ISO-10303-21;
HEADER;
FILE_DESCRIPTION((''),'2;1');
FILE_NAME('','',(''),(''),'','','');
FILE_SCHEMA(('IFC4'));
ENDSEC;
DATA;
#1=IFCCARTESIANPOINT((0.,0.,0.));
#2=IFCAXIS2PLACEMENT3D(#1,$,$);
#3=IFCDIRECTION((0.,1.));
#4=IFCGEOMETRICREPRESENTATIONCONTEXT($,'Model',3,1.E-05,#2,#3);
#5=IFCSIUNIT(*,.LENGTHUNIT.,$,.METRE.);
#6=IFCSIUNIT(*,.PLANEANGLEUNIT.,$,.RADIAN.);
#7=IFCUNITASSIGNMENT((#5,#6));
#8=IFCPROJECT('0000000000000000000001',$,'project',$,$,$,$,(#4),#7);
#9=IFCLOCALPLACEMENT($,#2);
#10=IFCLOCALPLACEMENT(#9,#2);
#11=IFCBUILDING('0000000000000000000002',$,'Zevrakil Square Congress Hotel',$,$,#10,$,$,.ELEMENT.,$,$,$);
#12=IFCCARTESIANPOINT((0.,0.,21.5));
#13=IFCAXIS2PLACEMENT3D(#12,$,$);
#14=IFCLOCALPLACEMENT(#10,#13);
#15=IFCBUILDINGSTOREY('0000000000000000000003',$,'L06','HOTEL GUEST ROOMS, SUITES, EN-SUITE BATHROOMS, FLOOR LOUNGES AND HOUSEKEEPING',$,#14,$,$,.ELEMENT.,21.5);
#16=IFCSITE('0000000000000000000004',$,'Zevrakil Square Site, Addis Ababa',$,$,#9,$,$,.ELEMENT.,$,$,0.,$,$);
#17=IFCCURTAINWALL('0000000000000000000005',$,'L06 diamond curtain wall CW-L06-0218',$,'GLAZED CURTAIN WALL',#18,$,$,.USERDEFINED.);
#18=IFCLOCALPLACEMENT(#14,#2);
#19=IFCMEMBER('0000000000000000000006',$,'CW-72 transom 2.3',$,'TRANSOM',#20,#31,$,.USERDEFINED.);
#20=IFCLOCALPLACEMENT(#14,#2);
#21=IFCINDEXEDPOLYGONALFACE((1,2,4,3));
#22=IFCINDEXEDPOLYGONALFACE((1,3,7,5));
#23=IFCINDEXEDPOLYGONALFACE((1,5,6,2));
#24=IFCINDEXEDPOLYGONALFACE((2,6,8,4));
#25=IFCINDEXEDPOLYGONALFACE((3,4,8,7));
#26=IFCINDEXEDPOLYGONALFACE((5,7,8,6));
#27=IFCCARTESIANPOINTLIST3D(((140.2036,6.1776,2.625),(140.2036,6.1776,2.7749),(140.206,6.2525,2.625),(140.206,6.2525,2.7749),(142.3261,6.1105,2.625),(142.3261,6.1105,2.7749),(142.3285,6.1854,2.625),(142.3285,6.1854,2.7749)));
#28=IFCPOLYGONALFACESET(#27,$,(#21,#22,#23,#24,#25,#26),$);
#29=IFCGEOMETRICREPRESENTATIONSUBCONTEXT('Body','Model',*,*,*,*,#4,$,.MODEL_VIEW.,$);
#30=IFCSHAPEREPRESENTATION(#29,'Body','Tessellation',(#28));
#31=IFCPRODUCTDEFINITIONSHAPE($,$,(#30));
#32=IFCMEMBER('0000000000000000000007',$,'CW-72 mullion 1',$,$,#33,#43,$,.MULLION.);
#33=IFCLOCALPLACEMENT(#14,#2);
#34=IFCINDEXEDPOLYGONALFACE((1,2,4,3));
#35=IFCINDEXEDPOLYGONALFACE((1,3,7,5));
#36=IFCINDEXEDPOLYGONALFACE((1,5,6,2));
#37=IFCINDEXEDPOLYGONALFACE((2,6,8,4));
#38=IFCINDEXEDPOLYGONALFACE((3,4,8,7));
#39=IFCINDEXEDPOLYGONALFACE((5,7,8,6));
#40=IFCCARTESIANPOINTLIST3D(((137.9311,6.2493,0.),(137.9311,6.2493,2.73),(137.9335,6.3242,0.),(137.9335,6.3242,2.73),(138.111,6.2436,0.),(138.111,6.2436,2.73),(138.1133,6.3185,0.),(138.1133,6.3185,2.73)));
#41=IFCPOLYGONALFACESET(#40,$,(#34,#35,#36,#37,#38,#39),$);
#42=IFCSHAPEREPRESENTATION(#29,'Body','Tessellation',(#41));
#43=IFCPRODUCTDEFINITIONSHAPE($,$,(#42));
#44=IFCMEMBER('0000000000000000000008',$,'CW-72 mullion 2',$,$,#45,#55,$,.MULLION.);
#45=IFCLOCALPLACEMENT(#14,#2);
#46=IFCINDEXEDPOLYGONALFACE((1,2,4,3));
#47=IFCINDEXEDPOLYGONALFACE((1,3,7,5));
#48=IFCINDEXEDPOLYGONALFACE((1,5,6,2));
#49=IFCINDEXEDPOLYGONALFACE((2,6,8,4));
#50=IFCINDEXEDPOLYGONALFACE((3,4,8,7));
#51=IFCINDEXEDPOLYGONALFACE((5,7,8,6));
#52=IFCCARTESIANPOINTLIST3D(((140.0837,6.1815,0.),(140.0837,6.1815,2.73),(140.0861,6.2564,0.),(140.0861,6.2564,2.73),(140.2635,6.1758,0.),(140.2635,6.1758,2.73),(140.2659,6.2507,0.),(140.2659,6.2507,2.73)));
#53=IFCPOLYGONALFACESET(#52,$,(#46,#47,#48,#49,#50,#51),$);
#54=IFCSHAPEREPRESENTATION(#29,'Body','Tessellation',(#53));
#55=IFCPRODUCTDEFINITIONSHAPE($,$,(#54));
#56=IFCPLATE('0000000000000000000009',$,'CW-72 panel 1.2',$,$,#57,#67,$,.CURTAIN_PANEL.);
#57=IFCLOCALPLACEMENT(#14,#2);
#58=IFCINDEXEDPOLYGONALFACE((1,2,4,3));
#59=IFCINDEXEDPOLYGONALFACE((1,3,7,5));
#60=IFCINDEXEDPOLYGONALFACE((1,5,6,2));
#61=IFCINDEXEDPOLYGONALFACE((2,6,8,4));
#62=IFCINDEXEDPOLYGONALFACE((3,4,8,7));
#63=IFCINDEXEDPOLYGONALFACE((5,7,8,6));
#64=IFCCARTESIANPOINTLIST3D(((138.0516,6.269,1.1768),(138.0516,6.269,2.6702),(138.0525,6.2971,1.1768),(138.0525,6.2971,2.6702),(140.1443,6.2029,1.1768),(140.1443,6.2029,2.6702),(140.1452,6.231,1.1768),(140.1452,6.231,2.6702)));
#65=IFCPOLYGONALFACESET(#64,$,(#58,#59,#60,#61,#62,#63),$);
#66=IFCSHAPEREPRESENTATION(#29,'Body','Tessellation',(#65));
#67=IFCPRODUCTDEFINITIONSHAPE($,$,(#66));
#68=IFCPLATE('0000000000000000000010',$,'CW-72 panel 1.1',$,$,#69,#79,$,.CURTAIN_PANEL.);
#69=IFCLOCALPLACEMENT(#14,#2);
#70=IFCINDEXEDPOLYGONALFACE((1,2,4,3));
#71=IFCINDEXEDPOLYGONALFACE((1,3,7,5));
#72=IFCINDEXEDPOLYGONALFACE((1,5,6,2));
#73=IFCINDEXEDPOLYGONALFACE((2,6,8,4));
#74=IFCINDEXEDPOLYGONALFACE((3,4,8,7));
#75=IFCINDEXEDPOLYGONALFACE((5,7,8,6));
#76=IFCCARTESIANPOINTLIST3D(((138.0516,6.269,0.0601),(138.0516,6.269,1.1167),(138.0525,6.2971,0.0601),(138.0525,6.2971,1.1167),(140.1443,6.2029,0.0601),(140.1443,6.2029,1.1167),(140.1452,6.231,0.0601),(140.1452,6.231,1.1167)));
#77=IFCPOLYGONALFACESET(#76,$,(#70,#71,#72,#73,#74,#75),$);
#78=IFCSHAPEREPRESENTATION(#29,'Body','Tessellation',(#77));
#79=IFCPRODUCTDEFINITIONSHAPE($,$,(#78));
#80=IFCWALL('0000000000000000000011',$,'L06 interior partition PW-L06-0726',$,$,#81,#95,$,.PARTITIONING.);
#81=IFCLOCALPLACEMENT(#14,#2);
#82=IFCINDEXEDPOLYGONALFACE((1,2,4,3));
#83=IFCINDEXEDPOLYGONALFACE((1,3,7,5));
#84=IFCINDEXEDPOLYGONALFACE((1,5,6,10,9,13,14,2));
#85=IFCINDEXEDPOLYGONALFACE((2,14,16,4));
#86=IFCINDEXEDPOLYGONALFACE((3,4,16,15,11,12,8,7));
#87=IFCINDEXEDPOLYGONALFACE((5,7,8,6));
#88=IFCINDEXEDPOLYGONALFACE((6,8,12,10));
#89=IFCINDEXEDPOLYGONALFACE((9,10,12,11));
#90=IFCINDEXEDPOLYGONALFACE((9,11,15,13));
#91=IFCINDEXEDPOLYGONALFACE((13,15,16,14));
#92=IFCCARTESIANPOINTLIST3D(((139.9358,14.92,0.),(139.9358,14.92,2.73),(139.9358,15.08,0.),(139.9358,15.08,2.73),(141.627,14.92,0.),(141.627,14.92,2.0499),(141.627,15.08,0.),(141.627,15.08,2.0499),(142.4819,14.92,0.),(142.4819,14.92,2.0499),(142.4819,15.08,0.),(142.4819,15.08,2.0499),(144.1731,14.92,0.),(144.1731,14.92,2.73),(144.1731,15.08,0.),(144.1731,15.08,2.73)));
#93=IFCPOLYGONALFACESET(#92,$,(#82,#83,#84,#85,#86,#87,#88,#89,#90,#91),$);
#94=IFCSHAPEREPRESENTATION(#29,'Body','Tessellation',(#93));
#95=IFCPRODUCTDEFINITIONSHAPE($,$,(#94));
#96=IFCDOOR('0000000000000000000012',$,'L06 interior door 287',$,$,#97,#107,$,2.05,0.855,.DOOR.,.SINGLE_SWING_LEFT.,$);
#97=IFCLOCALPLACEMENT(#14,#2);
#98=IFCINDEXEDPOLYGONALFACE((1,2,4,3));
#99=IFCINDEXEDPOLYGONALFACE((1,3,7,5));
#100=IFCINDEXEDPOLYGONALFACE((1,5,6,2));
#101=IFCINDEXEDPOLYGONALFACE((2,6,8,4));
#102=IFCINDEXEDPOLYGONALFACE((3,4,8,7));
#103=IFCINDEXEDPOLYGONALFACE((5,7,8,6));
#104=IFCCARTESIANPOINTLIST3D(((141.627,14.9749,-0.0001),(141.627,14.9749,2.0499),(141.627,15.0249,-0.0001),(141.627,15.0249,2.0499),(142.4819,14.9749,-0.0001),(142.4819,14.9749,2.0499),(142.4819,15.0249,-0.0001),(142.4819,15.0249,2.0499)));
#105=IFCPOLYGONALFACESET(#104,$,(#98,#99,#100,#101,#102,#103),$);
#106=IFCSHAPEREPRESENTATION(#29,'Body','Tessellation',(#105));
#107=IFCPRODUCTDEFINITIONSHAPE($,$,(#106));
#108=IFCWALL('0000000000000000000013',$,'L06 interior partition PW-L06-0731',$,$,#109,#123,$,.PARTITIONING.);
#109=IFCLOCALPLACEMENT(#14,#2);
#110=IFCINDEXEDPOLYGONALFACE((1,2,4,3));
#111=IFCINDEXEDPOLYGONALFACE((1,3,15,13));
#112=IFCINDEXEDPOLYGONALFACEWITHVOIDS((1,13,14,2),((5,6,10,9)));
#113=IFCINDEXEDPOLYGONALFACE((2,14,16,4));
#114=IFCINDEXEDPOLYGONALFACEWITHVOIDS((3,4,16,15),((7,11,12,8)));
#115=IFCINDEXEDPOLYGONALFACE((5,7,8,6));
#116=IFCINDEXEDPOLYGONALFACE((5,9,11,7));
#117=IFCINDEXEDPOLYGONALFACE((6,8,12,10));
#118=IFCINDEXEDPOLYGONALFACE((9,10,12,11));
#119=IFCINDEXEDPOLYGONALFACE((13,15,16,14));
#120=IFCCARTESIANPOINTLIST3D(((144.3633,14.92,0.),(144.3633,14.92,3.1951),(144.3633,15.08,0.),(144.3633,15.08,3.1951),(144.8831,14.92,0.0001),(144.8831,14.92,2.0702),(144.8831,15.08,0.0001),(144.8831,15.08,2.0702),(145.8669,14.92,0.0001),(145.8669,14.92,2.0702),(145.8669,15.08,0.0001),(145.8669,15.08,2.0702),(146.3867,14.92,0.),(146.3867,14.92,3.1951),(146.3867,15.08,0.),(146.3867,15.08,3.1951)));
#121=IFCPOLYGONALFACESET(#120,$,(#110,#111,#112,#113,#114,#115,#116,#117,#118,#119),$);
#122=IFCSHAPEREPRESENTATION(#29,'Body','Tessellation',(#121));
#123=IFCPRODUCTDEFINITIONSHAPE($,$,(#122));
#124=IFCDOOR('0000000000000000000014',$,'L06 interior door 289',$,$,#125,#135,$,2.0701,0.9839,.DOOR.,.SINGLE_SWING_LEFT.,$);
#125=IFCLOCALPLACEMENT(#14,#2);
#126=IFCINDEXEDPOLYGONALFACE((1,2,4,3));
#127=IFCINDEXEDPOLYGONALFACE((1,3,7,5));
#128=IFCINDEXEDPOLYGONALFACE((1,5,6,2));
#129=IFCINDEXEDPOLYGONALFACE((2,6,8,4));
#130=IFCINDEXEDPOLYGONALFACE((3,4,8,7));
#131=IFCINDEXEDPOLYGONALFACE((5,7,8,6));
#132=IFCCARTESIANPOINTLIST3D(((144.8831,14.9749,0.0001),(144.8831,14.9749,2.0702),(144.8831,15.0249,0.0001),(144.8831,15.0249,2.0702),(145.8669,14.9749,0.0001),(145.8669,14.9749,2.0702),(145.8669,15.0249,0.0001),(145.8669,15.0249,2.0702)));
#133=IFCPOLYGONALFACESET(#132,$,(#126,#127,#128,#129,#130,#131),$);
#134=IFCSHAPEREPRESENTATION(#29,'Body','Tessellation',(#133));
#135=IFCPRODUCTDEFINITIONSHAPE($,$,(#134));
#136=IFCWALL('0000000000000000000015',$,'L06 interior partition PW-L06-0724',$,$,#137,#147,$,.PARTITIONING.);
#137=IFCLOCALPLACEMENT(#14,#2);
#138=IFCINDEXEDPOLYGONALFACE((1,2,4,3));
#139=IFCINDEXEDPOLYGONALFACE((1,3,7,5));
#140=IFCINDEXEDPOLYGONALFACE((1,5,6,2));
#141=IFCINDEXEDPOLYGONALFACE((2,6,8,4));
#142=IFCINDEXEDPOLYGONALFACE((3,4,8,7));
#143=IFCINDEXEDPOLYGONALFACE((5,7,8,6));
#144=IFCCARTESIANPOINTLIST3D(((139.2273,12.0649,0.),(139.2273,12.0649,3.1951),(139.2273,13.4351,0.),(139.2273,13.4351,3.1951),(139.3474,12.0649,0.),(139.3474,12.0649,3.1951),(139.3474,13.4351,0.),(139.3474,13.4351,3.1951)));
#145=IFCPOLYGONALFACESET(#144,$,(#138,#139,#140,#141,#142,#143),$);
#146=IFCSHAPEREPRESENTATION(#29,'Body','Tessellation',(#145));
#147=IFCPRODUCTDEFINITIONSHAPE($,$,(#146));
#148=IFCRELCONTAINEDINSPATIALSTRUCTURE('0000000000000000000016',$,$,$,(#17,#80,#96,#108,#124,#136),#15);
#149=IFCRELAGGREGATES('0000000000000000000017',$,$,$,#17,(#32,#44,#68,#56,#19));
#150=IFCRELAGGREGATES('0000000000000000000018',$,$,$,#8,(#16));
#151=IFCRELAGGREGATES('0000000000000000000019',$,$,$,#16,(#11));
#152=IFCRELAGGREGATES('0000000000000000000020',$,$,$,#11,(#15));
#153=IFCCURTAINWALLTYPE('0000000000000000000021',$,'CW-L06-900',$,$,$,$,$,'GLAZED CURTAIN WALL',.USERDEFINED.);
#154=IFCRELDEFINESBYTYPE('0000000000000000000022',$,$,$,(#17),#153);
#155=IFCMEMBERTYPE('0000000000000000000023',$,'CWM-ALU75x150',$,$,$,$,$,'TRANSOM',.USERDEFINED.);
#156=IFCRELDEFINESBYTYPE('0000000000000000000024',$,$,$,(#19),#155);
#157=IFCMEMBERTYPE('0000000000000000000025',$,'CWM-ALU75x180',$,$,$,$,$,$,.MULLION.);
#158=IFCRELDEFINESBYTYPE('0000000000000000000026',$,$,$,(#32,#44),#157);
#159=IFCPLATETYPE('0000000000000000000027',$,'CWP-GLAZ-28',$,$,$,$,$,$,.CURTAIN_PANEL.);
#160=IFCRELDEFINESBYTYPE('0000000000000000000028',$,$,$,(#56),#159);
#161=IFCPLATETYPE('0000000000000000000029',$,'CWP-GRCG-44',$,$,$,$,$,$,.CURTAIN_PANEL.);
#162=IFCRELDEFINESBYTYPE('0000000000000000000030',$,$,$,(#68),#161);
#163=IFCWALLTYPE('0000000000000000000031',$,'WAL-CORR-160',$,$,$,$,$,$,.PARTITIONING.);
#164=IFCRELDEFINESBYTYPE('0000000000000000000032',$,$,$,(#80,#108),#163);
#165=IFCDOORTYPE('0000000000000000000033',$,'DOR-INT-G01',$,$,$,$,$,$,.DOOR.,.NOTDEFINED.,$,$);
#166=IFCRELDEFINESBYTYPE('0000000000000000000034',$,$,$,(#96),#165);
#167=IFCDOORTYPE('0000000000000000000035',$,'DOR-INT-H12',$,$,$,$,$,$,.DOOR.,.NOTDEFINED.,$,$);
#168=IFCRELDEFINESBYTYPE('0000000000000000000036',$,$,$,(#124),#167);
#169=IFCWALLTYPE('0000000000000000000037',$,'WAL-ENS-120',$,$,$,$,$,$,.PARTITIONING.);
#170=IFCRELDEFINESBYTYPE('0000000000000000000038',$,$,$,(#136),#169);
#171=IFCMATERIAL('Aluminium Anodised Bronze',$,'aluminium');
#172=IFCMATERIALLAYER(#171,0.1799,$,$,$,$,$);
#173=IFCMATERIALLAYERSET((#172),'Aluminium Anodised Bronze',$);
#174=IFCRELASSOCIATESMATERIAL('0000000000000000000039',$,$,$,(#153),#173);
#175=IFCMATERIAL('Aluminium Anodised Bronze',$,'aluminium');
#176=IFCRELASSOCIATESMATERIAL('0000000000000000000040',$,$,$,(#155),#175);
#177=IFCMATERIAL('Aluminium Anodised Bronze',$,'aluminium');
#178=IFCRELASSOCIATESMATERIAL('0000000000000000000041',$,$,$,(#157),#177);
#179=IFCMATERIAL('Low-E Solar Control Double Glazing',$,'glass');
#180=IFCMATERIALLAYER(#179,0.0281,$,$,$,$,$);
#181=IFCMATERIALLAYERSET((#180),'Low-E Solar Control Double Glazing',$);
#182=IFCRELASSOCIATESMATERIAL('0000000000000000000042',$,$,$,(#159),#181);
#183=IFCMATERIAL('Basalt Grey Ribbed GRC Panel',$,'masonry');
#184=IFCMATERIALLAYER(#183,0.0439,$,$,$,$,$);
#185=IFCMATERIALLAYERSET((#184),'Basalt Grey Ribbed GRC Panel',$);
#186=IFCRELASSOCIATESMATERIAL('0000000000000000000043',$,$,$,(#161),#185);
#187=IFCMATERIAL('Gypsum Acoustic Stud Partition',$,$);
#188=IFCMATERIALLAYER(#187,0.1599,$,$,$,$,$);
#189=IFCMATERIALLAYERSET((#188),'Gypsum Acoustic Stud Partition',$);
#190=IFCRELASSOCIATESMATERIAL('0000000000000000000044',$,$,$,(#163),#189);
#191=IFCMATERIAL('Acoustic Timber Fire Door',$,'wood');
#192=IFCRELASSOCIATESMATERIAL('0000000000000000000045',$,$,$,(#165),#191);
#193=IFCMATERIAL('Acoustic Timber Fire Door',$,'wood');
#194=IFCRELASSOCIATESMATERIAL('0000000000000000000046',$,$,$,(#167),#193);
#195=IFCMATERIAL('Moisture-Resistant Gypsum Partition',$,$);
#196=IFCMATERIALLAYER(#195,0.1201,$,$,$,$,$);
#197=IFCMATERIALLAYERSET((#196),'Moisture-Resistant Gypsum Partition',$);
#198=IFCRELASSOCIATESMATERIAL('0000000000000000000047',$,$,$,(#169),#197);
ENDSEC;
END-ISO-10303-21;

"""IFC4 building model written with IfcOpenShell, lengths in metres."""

from ifc_helpers import new_model, si_unit, direction, frame, frame_2d, origin, origin_2d, place, context, subcontext, project, spatial, rectangle, extrude, material, layer, layer_set, material_profile, profile_set, type_object, element, fill, aggregate, save


model = new_model("IFC4")

# Units and contexts
model_context = context("Model", 3, precision=1e-05, world=origin(), true_north=direction((0.0, 1.0)))
body_context = subcontext(model_context, "Body", "Model", "MODEL_VIEW")
ifc_project = project(units=[si_unit("LENGTHUNIT", "METRE"), si_unit("PLANEANGLEUNIT", "RADIAN")], contexts=[model_context])

# Site, building, storey
site_placement = place(None, origin())
site = spatial("IfcSite", under=ifc_project, at=site_placement, Name="Zevrakil Square Site, Addis Ababa", CompositionType="ELEMENT", RefElevation=0.0)
building_placement = place(site_placement, origin())
building = spatial("IfcBuilding", under=site, at=building_placement, Name="Zevrakil Square Congress Hotel", CompositionType="ELEMENT")
storey_placement = place(building_placement, frame((0.0, 0.0, 21.5)))
storey = spatial("IfcBuildingStorey", under=building, at=storey_placement, Name="L06", Description="HOTEL GUEST ROOMS, SUITES, EN-SUITE BATHROOMS, FLOOR LOUNGES AND HOUSEKEEPING", CompositionType="ELEMENT", Elevation=21.5)

# Curtain wall, members, plates
ifc_material_1 = material(Name="Aluminium Anodised Bronze", Category="aluminium")
ifc_layer_1 = layer(ifc_material_1, 0.1799)
ifc_layer_set_1 = layer_set([ifc_layer_1], Name="Aluminium Anodised Bronze")
curtain_wall_type = type_object("IfcCurtainWallType", Name="CW-L06-900", ElementType="GLAZED CURTAIN WALL", PredefinedType="USERDEFINED", material=ifc_layer_set_1)
curtain_wall_placement = place(storey_placement, origin())
curtain_wall = element("IfcCurtainWall", 1, at=curtain_wall_placement, inside=storey, type_object=curtain_wall_type, Name="L06 diamond curtain wall CW-L06-0218", ObjectType="GLAZED CURTAIN WALL", PredefinedType="USERDEFINED")
ifc_material_2 = material(Name="Aluminium Anodised Bronze", Category="aluminium")
ifc_material_profile_1 = material_profile(ifc_material_2, rectangle(XDim=0.075, YDim=0.1499, at=origin_2d()), Name="ALU 75x150")
ifc_profile_set_1 = profile_set([ifc_material_profile_1], Name="Aluminium Anodised Bronze")
member_type_1 = type_object("IfcMemberType", Name="CWM-ALU75x150", ElementType="TRANSOM", PredefinedType="USERDEFINED", material=ifc_profile_set_1)
member_1_placement = place(storey_placement, frame((140.2048, 6.2151, 2.7), z_axis=(0.9995, -0.031615, 0.0), x_axis=(0.031615, 0.9995, 0.0)))
member_1 = element("IfcMember", 2, at=member_1_placement, type_object=member_type_1, Name="CW-72 transom 2.3", ObjectType="TRANSOM", PredefinedType="USERDEFINED", context=body_context, shape_type="SweptSolid", body=[
    extrude(rectangle(XDim=0.075, YDim=0.1499, at=origin_2d()), origin(), (0.0, 0.0, 1.0), 2.1235),
])
ifc_material_3 = material(Name="Aluminium Anodised Bronze", Category="aluminium")
ifc_material_profile_2 = material_profile(ifc_material_3, rectangle(XDim=0.075, YDim=0.1799, at=origin_2d()), Name="ALU 75x180")
ifc_profile_set_2 = profile_set([ifc_material_profile_2], Name="Aluminium Anodised Bronze")
member_type_2 = type_object("IfcMemberType", Name="CWM-ALU75x180", PredefinedType="MULLION", material=ifc_profile_set_2)
member_2_placement = place(storey_placement, frame((138.0222, 6.2839, 0.0), z_axis=(0.0, 0.0, 1.0), x_axis=(0.031598, 0.999501, 0.0)))
member_2 = element("IfcMember", 3, at=member_2_placement, type_object=member_type_2, Name="CW-72 mullion 1", PredefinedType="MULLION", context=body_context, shape_type="SweptSolid", body=[
    extrude(rectangle(XDim=0.075, YDim=0.1799, at=origin_2d()), origin(), (0.0, 0.0, 1.0), 2.73),
])
member_3_placement = place(storey_placement, frame((140.1748, 6.2161, 0.0), z_axis=(0.0, 0.0, 1.0), x_axis=(0.031598, 0.999501, 0.0)))
member_3 = element("IfcMember", 4, at=member_3_placement, type_object=member_type_2, Name="CW-72 mullion 2", PredefinedType="MULLION", context=body_context, shape_type="SweptSolid", body=[
    extrude(rectangle(XDim=0.075, YDim=0.1799, at=origin_2d()), origin(), (0.0, 0.0, 1.0), 2.73),
])
ifc_material_4 = material(Name="Low-E Solar Control Double Glazing", Category="glass")
ifc_layer_2 = layer(ifc_material_4, 0.0281)
ifc_layer_set_2 = layer_set([ifc_layer_2], Name="Low-E Solar Control Double Glazing")
plate_type_1 = type_object("IfcPlateType", Name="CWP-GLAZ-28", PredefinedType="CURTAIN_PANEL", material=ifc_layer_set_2)
plate_1_placement = place(storey_placement, frame((139.0984, 6.25, 1.1768), z_axis=(0.0, 0.0, 1.0), x_axis=(0.999501, -0.031598, 0.0)))
plate_1 = element("IfcPlate", 5, at=plate_1_placement, type_object=plate_type_1, Name="CW-72 panel 1.2", PredefinedType="CURTAIN_PANEL", context=body_context, shape_type="SweptSolid", body=[
    extrude(rectangle(XDim=2.0938, YDim=0.0281, at=origin_2d()), origin(), (0.0, 0.0, 1.0), 1.4934),
])
ifc_material_5 = material(Name="Basalt Grey Ribbed GRC Panel", Category="masonry")
ifc_layer_3 = layer(ifc_material_5, 0.0439)
ifc_layer_set_3 = layer_set([ifc_layer_3], Name="Basalt Grey Ribbed GRC Panel")
plate_type_2 = type_object("IfcPlateType", Name="CWP-GRCG-44", PredefinedType="CURTAIN_PANEL", material=ifc_layer_set_3)
plate_2_placement = place(storey_placement, frame((139.0984, 6.25, 0.0601), z_axis=(0.0, 0.0, 1.0), x_axis=(0.999501, -0.031598, 0.0)))
plate_2 = element("IfcPlate", 6, at=plate_2_placement, type_object=plate_type_2, Name="CW-72 panel 1.1", PredefinedType="CURTAIN_PANEL", context=body_context, shape_type="SweptSolid", body=[
    extrude(rectangle(XDim=2.0938, YDim=0.0281, at=origin_2d()), origin(), (0.0, 0.0, 1.0), 1.0566),
])
aggregate(curtain_wall, [member_2, member_3, plate_2, plate_1, member_1])

# Walls, openings, doors
ifc_material_6 = material(Name="Gypsum Acoustic Stud Partition")
ifc_layer_4 = layer(ifc_material_6, 0.1599)
ifc_layer_set_4 = layer_set([ifc_layer_4], Name="Gypsum Acoustic Stud Partition")
wall_type_1 = type_object("IfcWallType", Name="WAL-CORR-160", PredefinedType="PARTITIONING", material=ifc_layer_set_4)
wall_1_placement = place(storey_placement, frame((139.9358, 15.0, 0.0), z_axis=(0.0, 0.0, 1.0), x_axis=(1.0, 0.0, 0.0)))
wall_1 = element("IfcWall", 7, at=wall_1_placement, inside=storey, type_object=wall_type_1, Name="L06 interior partition PW-L06-0726", PredefinedType="PARTITIONING", context=body_context, shape_type="SweptSolid", body=[
    extrude(rectangle(XDim=4.2373, YDim=0.1599, at=frame_2d((2.1187, 0.0))), origin(), (0.0, 0.0, 1.0), 2.73),
])
opening_1_placement = place(wall_1_placement, frame((1.6912, 0.0, 0.0)))
opening_1 = element("IfcOpeningElement", 8, at=opening_1_placement, cuts=wall_1, PredefinedType="OPENING", context=body_context, shape_type="SweptSolid", body=[
    extrude(rectangle(XDim=0.855, YDim=2.05, at=frame_2d((0.4275, 1.0249))), frame((0.0, 0.0898, 0.0), z_axis=(0.0, -1.0, 0.0), x_axis=(1.0, 0.0, 0.0)), (0.0, 0.0, 1.0), 0.1799),
])
ifc_material_7 = material(Name="Acoustic Timber Fire Door", Category="wood")
door_type_1 = type_object("IfcDoorType", Name="DOR-INT-G01", OperationType="NOTDEFINED", PredefinedType="DOOR", material=ifc_material_7)
door_1_placement = place(opening_1_placement, origin())
door_1 = element("IfcDoor", 9, at=door_1_placement, inside=storey, type_object=door_type_1, Name="L06 interior door 287", OperationType="SINGLE_SWING_LEFT", OverallHeight=2.05, OverallWidth=0.855, PredefinedType="DOOR", context=body_context, shape_type="SweptSolid", body=[
    extrude(rectangle(XDim=0.855, YDim=2.05, at=frame_2d((0.4275, 1.0249))), frame((0.0, 0.0249, 0.0), z_axis=(0.0, -1.0, 0.0), x_axis=(1.0, 0.0, 0.0)), (0.0, 0.0, 1.0), 0.05),
])
fill(opening_1, door_1)
wall_2_placement = place(storey_placement, frame((144.3633, 15.0, 0.0), z_axis=(0.0, 0.0, 1.0), x_axis=(1.0, 0.0, 0.0)))
wall_2 = element("IfcWall", 10, at=wall_2_placement, inside=storey, type_object=wall_type_1, Name="L06 interior partition PW-L06-0731", PredefinedType="PARTITIONING", context=body_context, shape_type="SweptSolid", body=[
    extrude(rectangle(XDim=2.0234, YDim=0.1599, at=frame_2d((1.0117, 0.0))), origin(), (0.0, 0.0, 1.0), 3.1951),
])
opening_2_placement = place(wall_2_placement, frame((0.5198, 0.0, 0.0)))
opening_2 = element("IfcOpeningElement", 11, at=opening_2_placement, cuts=wall_2, PredefinedType="OPENING", context=body_context, shape_type="SweptSolid", body=[
    extrude(rectangle(XDim=0.9839, YDim=2.0701, at=frame_2d((0.4919, 1.0352))), frame((0.0, 0.0898, 0.0), z_axis=(0.0, -1.0, 0.0), x_axis=(1.0, 0.0, 0.0)), (0.0, 0.0, 1.0), 0.1799),
])
ifc_material_8 = material(Name="Acoustic Timber Fire Door", Category="wood")
door_type_2 = type_object("IfcDoorType", Name="DOR-INT-H12", OperationType="NOTDEFINED", PredefinedType="DOOR", material=ifc_material_8)
door_2_placement = place(opening_2_placement, origin())
door_2 = element("IfcDoor", 12, at=door_2_placement, inside=storey, type_object=door_type_2, Name="L06 interior door 289", OperationType="SINGLE_SWING_LEFT", OverallHeight=2.0701, OverallWidth=0.9839, PredefinedType="DOOR", context=body_context, shape_type="SweptSolid", body=[
    extrude(rectangle(XDim=0.9839, YDim=2.0701, at=frame_2d((0.4919, 1.0352))), frame((0.0, 0.0249, 0.0), z_axis=(0.0, -1.0, 0.0), x_axis=(1.0, 0.0, 0.0)), (0.0, 0.0, 1.0), 0.05),
])
fill(opening_2, door_2)

# Wall
ifc_material_9 = material(Name="Moisture-Resistant Gypsum Partition")
ifc_layer_5 = layer(ifc_material_9, 0.1201)
ifc_layer_set_5 = layer_set([ifc_layer_5], Name="Moisture-Resistant Gypsum Partition")
wall_type_2 = type_object("IfcWallType", Name="WAL-ENS-120", PredefinedType="PARTITIONING", material=ifc_layer_set_5)
wall_3_placement = place(storey_placement, frame((139.2874, 12.0649, 0.0), z_axis=(0.0, 0.0, 1.0), x_axis=(0.0, 1.0, 0.0)))
element("IfcWall", 13, at=wall_3_placement, inside=storey, type_object=wall_type_2, Name="L06 interior partition PW-L06-0724", PredefinedType="PARTITIONING", context=body_context, shape_type="SweptSolid", body=[
    extrude(rectangle(XDim=1.3701, YDim=0.1201, at=frame_2d((0.6851, 0.0))), origin(), (0.0, 0.0, 1.0), 3.1951),
])

save(model, "model.ifc")
